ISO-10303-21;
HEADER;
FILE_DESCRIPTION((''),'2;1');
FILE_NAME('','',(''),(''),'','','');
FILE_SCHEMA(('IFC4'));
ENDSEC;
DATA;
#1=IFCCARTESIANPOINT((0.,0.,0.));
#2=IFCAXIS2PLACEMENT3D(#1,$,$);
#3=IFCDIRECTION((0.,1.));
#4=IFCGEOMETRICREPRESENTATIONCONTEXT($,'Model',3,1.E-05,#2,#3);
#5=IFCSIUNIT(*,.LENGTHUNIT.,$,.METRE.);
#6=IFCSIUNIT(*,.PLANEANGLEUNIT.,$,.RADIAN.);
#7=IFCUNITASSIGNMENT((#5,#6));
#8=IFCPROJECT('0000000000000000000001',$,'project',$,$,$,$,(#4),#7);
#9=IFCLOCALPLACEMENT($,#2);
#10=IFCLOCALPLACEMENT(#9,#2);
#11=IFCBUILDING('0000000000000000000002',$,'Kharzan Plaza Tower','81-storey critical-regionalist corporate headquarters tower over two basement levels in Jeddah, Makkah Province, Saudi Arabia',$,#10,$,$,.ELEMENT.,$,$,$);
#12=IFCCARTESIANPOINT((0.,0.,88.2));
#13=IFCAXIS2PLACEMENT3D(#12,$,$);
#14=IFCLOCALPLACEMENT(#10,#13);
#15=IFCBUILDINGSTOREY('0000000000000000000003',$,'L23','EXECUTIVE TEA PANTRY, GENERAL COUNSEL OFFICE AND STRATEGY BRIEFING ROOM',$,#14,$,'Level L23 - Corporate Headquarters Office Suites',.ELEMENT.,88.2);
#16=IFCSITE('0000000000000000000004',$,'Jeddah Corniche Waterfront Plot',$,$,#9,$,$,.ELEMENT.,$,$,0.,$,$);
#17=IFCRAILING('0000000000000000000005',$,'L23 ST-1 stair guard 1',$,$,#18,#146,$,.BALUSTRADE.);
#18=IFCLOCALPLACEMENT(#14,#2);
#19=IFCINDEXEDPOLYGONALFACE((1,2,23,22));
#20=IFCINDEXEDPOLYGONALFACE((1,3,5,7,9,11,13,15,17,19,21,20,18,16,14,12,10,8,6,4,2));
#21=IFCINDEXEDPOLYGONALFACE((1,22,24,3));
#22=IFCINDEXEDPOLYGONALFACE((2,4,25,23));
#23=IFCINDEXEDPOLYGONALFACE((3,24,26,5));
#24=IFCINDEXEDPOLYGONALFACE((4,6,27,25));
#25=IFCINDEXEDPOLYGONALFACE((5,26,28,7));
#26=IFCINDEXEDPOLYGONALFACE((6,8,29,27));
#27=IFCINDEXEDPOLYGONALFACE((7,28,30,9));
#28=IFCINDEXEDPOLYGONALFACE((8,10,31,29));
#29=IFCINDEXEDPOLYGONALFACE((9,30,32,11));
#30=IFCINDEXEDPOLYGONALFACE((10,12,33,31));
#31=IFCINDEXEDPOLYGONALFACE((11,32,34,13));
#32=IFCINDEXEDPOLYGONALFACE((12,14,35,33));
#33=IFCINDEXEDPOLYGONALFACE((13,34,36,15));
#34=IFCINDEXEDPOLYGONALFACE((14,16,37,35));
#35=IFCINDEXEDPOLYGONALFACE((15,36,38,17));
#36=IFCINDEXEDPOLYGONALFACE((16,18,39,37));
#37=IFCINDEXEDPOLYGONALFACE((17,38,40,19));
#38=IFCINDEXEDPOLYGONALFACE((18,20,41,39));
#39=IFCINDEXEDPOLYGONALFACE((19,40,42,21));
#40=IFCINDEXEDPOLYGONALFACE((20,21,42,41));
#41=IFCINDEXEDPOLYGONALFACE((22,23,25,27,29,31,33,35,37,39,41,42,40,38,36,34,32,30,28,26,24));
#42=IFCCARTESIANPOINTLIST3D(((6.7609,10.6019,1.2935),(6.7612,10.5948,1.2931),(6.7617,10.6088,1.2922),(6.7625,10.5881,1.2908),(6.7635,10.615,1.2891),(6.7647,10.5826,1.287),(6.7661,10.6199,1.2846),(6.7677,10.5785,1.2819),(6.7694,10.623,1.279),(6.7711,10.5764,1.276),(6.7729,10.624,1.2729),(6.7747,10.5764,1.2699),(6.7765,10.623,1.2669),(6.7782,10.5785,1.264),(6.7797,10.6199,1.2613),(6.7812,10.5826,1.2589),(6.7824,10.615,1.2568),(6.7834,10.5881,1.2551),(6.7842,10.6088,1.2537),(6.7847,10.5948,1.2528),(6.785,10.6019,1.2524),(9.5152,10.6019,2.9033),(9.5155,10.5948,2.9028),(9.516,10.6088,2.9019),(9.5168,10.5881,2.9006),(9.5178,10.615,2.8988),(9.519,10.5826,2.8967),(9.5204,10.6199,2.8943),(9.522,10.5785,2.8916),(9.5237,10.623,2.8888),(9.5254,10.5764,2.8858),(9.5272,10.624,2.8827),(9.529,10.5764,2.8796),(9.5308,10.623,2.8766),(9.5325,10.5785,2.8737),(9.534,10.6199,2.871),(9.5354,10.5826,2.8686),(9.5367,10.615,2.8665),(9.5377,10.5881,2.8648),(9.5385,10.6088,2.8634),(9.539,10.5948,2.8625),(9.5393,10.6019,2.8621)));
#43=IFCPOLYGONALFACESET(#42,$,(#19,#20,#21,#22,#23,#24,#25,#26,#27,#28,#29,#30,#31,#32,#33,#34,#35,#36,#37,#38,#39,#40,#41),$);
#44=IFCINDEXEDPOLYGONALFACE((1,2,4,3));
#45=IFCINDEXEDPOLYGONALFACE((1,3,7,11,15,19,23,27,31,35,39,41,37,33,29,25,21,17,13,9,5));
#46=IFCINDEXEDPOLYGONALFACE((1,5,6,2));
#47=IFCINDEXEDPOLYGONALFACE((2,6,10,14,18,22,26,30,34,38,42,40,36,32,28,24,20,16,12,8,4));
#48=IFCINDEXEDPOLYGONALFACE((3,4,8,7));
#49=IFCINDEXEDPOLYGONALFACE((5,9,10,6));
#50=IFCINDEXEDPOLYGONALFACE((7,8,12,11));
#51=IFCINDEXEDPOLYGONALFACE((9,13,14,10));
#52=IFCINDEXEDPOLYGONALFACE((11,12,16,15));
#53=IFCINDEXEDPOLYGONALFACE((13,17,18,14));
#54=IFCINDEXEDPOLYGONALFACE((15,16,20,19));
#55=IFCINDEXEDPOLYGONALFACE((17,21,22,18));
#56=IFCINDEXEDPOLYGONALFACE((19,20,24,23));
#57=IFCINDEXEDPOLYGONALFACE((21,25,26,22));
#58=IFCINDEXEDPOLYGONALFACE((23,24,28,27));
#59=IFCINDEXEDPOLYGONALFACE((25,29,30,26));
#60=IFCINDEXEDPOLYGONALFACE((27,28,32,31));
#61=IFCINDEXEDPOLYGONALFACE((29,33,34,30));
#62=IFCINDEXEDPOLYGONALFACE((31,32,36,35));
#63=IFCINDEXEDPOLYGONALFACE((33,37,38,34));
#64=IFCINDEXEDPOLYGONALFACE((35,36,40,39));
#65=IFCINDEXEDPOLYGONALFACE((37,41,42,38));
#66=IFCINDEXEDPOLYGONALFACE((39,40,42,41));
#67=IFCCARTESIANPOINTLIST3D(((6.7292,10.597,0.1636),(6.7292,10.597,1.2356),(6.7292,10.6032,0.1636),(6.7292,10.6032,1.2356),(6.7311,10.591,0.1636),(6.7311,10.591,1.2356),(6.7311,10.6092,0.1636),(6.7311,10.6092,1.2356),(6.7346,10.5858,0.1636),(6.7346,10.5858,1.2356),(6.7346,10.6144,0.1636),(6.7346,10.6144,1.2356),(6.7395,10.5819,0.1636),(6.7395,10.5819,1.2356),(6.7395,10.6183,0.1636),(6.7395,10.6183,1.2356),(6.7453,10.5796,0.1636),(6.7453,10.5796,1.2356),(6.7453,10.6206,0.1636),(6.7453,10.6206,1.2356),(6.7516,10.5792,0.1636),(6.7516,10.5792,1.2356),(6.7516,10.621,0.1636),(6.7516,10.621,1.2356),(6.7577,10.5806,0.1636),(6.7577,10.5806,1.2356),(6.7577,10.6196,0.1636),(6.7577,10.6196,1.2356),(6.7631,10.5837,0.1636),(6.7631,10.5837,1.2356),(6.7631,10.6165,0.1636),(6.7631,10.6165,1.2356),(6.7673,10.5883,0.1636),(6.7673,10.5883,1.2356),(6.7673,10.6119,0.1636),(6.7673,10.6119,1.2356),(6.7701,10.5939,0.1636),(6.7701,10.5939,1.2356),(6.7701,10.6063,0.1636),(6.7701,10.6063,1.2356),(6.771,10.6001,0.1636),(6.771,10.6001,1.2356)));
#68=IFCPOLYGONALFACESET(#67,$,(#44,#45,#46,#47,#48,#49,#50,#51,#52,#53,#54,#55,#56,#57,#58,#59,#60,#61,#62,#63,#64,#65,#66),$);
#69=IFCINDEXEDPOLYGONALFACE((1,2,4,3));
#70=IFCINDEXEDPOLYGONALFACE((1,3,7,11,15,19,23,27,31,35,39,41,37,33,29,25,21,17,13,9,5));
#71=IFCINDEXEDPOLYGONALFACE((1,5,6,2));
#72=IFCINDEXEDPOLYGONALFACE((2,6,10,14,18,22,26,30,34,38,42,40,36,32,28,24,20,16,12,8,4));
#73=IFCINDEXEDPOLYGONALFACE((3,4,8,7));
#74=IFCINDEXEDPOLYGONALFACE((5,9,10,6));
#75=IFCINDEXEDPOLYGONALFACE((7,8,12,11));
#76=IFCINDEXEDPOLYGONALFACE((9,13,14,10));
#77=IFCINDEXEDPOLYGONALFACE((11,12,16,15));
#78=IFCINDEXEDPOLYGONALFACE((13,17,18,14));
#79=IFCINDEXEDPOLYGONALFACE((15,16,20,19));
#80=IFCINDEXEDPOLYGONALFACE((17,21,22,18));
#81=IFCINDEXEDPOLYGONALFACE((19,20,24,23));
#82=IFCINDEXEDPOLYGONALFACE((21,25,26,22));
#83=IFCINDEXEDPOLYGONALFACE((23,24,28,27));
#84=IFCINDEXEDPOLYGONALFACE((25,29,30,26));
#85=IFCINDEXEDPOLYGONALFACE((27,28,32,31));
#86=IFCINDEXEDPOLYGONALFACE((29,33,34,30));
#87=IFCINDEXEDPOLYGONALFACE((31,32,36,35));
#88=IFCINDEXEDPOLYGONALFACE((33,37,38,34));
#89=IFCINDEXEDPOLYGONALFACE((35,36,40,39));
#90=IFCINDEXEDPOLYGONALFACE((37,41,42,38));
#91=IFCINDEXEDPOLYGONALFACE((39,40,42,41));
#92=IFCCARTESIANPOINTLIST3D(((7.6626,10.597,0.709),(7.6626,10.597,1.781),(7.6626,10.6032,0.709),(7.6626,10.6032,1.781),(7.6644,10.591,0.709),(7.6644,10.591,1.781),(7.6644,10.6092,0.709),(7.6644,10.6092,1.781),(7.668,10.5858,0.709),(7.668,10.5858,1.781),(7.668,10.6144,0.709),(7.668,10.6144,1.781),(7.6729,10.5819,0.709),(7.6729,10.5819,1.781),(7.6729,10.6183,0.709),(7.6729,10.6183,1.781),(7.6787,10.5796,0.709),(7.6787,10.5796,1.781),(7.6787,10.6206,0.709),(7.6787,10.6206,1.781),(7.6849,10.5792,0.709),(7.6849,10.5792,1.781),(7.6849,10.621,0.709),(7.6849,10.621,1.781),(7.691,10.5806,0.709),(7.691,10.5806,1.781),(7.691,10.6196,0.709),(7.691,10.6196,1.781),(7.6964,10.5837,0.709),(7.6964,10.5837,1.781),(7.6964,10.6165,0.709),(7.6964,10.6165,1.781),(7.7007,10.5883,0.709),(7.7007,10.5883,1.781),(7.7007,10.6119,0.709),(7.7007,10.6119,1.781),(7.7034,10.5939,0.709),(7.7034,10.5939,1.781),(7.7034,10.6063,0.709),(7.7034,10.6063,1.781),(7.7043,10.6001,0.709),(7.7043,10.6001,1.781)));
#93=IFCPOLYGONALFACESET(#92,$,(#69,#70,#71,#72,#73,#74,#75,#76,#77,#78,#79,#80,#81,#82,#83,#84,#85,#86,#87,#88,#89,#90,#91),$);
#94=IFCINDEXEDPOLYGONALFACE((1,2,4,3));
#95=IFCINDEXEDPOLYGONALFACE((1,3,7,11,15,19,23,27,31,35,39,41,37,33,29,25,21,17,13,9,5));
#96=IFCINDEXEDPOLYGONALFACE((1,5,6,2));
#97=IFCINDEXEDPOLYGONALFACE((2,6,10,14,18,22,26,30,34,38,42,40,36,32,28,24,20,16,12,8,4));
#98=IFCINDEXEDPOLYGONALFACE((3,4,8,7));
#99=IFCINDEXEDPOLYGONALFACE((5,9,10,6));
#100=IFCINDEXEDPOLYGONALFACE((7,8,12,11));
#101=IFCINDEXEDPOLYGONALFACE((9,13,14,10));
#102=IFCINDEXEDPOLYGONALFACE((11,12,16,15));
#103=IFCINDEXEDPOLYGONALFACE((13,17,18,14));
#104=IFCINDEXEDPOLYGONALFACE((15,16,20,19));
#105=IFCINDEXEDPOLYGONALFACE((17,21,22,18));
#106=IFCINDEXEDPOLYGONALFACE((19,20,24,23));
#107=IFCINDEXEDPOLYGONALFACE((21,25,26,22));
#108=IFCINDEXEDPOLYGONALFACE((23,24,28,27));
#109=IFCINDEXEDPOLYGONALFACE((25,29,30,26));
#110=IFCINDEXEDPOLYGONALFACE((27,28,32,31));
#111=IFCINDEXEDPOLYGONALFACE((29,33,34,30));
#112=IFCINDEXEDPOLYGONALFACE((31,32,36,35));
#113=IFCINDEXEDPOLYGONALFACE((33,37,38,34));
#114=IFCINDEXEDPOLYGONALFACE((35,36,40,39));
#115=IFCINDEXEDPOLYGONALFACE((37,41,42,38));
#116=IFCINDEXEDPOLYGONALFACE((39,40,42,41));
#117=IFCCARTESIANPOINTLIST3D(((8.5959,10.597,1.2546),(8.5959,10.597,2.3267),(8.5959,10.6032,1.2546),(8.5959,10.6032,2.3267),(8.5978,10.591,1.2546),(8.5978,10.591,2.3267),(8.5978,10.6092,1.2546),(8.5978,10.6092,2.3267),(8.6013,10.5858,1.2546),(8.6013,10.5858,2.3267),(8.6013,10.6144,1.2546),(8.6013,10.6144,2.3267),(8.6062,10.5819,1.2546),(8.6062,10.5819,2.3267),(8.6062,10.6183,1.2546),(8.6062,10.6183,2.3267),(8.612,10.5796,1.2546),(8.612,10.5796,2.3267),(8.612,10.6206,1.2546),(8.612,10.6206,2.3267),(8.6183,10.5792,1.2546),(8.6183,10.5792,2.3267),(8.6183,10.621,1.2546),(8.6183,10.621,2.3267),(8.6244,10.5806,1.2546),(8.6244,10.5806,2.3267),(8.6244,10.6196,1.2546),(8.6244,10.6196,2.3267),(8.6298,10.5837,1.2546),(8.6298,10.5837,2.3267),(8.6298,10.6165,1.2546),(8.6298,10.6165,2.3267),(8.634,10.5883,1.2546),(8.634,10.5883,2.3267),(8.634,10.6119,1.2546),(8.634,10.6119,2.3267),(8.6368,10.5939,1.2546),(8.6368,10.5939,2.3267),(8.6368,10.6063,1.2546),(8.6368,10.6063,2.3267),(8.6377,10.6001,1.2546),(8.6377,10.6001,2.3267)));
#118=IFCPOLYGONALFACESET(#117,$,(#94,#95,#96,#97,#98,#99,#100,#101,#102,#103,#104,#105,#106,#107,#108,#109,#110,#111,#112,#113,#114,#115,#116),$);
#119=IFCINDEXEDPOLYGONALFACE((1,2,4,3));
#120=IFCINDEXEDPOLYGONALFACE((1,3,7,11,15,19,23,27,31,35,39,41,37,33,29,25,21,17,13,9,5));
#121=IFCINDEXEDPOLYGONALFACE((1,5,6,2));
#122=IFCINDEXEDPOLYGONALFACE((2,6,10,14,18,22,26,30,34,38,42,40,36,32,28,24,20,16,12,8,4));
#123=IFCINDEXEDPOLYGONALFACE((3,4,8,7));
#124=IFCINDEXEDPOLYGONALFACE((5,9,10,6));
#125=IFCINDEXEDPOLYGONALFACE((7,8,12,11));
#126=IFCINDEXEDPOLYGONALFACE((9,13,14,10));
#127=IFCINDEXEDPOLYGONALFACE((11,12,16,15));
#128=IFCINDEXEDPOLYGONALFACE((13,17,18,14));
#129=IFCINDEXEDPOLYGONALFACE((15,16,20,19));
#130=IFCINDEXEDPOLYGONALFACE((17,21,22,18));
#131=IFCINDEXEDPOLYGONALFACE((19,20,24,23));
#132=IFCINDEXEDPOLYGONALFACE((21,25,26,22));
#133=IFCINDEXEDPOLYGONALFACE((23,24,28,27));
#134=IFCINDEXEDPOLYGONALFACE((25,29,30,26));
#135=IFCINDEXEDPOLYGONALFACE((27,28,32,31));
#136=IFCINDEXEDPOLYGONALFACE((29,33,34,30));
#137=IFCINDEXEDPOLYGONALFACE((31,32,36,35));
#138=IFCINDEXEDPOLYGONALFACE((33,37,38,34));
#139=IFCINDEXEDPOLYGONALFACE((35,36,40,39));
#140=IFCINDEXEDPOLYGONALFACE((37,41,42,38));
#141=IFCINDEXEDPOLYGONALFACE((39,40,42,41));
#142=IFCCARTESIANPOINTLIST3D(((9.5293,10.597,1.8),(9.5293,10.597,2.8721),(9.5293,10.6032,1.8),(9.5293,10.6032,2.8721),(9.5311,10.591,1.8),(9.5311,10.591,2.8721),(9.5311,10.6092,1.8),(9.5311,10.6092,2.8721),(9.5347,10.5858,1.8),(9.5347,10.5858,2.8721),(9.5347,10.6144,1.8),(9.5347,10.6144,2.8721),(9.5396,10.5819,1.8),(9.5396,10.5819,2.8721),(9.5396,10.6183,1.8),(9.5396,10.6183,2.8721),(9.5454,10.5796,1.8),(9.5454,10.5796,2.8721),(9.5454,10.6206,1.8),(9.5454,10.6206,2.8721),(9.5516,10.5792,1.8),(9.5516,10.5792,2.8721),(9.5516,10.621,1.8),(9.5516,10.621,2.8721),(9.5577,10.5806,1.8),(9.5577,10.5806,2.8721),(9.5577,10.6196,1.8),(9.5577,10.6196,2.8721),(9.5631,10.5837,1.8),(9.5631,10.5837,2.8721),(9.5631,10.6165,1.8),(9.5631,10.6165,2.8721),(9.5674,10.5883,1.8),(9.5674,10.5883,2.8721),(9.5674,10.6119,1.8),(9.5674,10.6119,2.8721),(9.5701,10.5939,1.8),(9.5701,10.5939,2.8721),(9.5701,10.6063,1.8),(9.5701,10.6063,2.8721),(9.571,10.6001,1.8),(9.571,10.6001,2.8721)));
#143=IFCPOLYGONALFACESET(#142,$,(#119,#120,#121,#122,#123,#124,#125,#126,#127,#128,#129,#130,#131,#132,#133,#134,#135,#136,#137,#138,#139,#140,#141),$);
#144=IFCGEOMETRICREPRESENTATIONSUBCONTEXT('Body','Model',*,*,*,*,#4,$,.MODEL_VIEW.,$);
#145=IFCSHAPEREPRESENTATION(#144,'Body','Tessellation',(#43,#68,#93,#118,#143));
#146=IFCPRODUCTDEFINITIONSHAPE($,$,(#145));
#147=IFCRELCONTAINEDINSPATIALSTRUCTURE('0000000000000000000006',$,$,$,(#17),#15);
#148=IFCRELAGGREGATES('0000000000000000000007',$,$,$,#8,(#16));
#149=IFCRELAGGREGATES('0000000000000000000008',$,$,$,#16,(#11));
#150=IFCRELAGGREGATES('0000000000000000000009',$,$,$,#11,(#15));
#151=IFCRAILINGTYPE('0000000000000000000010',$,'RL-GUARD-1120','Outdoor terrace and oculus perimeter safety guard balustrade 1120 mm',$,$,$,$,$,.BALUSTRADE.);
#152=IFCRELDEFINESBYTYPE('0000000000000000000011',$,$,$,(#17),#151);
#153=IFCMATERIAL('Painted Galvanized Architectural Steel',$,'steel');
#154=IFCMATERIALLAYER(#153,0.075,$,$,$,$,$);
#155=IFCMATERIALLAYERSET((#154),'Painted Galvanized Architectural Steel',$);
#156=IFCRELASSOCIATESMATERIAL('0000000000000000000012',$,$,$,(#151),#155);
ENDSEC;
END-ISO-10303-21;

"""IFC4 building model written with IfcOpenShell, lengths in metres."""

from ifc_helpers import new_model, si_unit, direction, frame, origin, origin_2d, place, context, subcontext, project, spatial, circle, extrude, source, transform, mapped, material, layer, layer_set, type_object, element, save


model = new_model("IFC4")

# Units and contexts
model_context = context("Model", 3, precision=1e-05, world=origin(), true_north=direction((0.0, 1.0)))
body_context = subcontext(model_context, "Body", "Model", "MODEL_VIEW")
ifc_project = project(units=[si_unit("LENGTHUNIT", "METRE"), si_unit("PLANEANGLEUNIT", "RADIAN")], contexts=[model_context])

# Site, building, storey
site_placement = place(None, origin())
site = spatial("IfcSite", under=ifc_project, at=site_placement, Name="Jeddah Corniche Waterfront Plot", CompositionType="ELEMENT", RefElevation=0.0)
building_placement = place(site_placement, origin())
building = spatial("IfcBuilding", under=site, at=building_placement, Name="Kharzan Plaza Tower", Description="81-storey critical-regionalist corporate headquarters tower over two basement levels in Jeddah, Makkah Province, Saudi Arabia", CompositionType="ELEMENT")
storey_placement = place(building_placement, frame((0.0, 0.0, 88.2)))
storey = spatial("IfcBuildingStorey", under=building, at=storey_placement, Name="L23", Description="EXECUTIVE TEA PANTRY, GENERAL COUNSEL OFFICE AND STRATEGY BRIEFING ROOM", LongName="Level L23 - Corporate Headquarters Office Suites", CompositionType="ELEMENT", Elevation=88.2)

# Railing
ifc_material_1 = material(Name="Painted Galvanized Architectural Steel", Category="steel")
ifc_layer_1 = layer(ifc_material_1, 0.075)
ifc_layer_set_1 = layer_set([ifc_layer_1], Name="Painted Galvanized Architectural Steel")
railing_type_1 = type_object("IfcRailingType", Name="RL-GUARD-1120", Description="Outdoor terrace and oculus perimeter safety guard balustrade 1120 mm", PredefinedType="BALUSTRADE", material=ifc_layer_set_1)
shared_shape_1 = source(origin(), body_context, "Body", "SweptSolid", [
    extrude(circle(Radius=0.0239, at=origin_2d()), frame((0.0229, 0.0, 1.1094), z_axis=(0.863361, 0.0, 0.504587), x_axis=(0.0, 1.0, 0.0)), (0.0, 0.0, 1.0), 3.1902),
    extrude(circle(Radius=0.021, at=origin_2d()), origin(), (0.0, 0.0, 1.0), 1.072),
    extrude(circle(Radius=0.021, at=origin_2d()), frame((0.9333, 0.0, 0.5454)), (0.0, 0.0, 1.0), 1.072),
    extrude(circle(Radius=0.021, at=origin_2d()), frame((1.8667, 0.0, 1.0911)), (0.0, 0.0, 1.0), 1.072),
    extrude(circle(Radius=0.021, at=origin_2d()), frame((2.8, 0.0, 1.6365)), (0.0, 0.0, 1.0), 1.072),
])
railing_1_placement = place(storey_placement, frame((6.75, 10.6001, 0.1636)))
element("IfcRailing", 1, at=railing_1_placement, inside=storey, type_object=railing_type_1, Name="L23 ST-1 stair guard 1", PredefinedType="BALUSTRADE", context=body_context, shape_type="MappedRepresentation", body=[
    mapped(shared_shape_1, transform((0.0, 0.0, 0.0), x_axis=(1.0, 0.0, 0.0), y_axis=(0.0, 1.0, 0.0), z_axis=(0.0, 0.0, 1.0))),
])

save(model, "model.ifc")
